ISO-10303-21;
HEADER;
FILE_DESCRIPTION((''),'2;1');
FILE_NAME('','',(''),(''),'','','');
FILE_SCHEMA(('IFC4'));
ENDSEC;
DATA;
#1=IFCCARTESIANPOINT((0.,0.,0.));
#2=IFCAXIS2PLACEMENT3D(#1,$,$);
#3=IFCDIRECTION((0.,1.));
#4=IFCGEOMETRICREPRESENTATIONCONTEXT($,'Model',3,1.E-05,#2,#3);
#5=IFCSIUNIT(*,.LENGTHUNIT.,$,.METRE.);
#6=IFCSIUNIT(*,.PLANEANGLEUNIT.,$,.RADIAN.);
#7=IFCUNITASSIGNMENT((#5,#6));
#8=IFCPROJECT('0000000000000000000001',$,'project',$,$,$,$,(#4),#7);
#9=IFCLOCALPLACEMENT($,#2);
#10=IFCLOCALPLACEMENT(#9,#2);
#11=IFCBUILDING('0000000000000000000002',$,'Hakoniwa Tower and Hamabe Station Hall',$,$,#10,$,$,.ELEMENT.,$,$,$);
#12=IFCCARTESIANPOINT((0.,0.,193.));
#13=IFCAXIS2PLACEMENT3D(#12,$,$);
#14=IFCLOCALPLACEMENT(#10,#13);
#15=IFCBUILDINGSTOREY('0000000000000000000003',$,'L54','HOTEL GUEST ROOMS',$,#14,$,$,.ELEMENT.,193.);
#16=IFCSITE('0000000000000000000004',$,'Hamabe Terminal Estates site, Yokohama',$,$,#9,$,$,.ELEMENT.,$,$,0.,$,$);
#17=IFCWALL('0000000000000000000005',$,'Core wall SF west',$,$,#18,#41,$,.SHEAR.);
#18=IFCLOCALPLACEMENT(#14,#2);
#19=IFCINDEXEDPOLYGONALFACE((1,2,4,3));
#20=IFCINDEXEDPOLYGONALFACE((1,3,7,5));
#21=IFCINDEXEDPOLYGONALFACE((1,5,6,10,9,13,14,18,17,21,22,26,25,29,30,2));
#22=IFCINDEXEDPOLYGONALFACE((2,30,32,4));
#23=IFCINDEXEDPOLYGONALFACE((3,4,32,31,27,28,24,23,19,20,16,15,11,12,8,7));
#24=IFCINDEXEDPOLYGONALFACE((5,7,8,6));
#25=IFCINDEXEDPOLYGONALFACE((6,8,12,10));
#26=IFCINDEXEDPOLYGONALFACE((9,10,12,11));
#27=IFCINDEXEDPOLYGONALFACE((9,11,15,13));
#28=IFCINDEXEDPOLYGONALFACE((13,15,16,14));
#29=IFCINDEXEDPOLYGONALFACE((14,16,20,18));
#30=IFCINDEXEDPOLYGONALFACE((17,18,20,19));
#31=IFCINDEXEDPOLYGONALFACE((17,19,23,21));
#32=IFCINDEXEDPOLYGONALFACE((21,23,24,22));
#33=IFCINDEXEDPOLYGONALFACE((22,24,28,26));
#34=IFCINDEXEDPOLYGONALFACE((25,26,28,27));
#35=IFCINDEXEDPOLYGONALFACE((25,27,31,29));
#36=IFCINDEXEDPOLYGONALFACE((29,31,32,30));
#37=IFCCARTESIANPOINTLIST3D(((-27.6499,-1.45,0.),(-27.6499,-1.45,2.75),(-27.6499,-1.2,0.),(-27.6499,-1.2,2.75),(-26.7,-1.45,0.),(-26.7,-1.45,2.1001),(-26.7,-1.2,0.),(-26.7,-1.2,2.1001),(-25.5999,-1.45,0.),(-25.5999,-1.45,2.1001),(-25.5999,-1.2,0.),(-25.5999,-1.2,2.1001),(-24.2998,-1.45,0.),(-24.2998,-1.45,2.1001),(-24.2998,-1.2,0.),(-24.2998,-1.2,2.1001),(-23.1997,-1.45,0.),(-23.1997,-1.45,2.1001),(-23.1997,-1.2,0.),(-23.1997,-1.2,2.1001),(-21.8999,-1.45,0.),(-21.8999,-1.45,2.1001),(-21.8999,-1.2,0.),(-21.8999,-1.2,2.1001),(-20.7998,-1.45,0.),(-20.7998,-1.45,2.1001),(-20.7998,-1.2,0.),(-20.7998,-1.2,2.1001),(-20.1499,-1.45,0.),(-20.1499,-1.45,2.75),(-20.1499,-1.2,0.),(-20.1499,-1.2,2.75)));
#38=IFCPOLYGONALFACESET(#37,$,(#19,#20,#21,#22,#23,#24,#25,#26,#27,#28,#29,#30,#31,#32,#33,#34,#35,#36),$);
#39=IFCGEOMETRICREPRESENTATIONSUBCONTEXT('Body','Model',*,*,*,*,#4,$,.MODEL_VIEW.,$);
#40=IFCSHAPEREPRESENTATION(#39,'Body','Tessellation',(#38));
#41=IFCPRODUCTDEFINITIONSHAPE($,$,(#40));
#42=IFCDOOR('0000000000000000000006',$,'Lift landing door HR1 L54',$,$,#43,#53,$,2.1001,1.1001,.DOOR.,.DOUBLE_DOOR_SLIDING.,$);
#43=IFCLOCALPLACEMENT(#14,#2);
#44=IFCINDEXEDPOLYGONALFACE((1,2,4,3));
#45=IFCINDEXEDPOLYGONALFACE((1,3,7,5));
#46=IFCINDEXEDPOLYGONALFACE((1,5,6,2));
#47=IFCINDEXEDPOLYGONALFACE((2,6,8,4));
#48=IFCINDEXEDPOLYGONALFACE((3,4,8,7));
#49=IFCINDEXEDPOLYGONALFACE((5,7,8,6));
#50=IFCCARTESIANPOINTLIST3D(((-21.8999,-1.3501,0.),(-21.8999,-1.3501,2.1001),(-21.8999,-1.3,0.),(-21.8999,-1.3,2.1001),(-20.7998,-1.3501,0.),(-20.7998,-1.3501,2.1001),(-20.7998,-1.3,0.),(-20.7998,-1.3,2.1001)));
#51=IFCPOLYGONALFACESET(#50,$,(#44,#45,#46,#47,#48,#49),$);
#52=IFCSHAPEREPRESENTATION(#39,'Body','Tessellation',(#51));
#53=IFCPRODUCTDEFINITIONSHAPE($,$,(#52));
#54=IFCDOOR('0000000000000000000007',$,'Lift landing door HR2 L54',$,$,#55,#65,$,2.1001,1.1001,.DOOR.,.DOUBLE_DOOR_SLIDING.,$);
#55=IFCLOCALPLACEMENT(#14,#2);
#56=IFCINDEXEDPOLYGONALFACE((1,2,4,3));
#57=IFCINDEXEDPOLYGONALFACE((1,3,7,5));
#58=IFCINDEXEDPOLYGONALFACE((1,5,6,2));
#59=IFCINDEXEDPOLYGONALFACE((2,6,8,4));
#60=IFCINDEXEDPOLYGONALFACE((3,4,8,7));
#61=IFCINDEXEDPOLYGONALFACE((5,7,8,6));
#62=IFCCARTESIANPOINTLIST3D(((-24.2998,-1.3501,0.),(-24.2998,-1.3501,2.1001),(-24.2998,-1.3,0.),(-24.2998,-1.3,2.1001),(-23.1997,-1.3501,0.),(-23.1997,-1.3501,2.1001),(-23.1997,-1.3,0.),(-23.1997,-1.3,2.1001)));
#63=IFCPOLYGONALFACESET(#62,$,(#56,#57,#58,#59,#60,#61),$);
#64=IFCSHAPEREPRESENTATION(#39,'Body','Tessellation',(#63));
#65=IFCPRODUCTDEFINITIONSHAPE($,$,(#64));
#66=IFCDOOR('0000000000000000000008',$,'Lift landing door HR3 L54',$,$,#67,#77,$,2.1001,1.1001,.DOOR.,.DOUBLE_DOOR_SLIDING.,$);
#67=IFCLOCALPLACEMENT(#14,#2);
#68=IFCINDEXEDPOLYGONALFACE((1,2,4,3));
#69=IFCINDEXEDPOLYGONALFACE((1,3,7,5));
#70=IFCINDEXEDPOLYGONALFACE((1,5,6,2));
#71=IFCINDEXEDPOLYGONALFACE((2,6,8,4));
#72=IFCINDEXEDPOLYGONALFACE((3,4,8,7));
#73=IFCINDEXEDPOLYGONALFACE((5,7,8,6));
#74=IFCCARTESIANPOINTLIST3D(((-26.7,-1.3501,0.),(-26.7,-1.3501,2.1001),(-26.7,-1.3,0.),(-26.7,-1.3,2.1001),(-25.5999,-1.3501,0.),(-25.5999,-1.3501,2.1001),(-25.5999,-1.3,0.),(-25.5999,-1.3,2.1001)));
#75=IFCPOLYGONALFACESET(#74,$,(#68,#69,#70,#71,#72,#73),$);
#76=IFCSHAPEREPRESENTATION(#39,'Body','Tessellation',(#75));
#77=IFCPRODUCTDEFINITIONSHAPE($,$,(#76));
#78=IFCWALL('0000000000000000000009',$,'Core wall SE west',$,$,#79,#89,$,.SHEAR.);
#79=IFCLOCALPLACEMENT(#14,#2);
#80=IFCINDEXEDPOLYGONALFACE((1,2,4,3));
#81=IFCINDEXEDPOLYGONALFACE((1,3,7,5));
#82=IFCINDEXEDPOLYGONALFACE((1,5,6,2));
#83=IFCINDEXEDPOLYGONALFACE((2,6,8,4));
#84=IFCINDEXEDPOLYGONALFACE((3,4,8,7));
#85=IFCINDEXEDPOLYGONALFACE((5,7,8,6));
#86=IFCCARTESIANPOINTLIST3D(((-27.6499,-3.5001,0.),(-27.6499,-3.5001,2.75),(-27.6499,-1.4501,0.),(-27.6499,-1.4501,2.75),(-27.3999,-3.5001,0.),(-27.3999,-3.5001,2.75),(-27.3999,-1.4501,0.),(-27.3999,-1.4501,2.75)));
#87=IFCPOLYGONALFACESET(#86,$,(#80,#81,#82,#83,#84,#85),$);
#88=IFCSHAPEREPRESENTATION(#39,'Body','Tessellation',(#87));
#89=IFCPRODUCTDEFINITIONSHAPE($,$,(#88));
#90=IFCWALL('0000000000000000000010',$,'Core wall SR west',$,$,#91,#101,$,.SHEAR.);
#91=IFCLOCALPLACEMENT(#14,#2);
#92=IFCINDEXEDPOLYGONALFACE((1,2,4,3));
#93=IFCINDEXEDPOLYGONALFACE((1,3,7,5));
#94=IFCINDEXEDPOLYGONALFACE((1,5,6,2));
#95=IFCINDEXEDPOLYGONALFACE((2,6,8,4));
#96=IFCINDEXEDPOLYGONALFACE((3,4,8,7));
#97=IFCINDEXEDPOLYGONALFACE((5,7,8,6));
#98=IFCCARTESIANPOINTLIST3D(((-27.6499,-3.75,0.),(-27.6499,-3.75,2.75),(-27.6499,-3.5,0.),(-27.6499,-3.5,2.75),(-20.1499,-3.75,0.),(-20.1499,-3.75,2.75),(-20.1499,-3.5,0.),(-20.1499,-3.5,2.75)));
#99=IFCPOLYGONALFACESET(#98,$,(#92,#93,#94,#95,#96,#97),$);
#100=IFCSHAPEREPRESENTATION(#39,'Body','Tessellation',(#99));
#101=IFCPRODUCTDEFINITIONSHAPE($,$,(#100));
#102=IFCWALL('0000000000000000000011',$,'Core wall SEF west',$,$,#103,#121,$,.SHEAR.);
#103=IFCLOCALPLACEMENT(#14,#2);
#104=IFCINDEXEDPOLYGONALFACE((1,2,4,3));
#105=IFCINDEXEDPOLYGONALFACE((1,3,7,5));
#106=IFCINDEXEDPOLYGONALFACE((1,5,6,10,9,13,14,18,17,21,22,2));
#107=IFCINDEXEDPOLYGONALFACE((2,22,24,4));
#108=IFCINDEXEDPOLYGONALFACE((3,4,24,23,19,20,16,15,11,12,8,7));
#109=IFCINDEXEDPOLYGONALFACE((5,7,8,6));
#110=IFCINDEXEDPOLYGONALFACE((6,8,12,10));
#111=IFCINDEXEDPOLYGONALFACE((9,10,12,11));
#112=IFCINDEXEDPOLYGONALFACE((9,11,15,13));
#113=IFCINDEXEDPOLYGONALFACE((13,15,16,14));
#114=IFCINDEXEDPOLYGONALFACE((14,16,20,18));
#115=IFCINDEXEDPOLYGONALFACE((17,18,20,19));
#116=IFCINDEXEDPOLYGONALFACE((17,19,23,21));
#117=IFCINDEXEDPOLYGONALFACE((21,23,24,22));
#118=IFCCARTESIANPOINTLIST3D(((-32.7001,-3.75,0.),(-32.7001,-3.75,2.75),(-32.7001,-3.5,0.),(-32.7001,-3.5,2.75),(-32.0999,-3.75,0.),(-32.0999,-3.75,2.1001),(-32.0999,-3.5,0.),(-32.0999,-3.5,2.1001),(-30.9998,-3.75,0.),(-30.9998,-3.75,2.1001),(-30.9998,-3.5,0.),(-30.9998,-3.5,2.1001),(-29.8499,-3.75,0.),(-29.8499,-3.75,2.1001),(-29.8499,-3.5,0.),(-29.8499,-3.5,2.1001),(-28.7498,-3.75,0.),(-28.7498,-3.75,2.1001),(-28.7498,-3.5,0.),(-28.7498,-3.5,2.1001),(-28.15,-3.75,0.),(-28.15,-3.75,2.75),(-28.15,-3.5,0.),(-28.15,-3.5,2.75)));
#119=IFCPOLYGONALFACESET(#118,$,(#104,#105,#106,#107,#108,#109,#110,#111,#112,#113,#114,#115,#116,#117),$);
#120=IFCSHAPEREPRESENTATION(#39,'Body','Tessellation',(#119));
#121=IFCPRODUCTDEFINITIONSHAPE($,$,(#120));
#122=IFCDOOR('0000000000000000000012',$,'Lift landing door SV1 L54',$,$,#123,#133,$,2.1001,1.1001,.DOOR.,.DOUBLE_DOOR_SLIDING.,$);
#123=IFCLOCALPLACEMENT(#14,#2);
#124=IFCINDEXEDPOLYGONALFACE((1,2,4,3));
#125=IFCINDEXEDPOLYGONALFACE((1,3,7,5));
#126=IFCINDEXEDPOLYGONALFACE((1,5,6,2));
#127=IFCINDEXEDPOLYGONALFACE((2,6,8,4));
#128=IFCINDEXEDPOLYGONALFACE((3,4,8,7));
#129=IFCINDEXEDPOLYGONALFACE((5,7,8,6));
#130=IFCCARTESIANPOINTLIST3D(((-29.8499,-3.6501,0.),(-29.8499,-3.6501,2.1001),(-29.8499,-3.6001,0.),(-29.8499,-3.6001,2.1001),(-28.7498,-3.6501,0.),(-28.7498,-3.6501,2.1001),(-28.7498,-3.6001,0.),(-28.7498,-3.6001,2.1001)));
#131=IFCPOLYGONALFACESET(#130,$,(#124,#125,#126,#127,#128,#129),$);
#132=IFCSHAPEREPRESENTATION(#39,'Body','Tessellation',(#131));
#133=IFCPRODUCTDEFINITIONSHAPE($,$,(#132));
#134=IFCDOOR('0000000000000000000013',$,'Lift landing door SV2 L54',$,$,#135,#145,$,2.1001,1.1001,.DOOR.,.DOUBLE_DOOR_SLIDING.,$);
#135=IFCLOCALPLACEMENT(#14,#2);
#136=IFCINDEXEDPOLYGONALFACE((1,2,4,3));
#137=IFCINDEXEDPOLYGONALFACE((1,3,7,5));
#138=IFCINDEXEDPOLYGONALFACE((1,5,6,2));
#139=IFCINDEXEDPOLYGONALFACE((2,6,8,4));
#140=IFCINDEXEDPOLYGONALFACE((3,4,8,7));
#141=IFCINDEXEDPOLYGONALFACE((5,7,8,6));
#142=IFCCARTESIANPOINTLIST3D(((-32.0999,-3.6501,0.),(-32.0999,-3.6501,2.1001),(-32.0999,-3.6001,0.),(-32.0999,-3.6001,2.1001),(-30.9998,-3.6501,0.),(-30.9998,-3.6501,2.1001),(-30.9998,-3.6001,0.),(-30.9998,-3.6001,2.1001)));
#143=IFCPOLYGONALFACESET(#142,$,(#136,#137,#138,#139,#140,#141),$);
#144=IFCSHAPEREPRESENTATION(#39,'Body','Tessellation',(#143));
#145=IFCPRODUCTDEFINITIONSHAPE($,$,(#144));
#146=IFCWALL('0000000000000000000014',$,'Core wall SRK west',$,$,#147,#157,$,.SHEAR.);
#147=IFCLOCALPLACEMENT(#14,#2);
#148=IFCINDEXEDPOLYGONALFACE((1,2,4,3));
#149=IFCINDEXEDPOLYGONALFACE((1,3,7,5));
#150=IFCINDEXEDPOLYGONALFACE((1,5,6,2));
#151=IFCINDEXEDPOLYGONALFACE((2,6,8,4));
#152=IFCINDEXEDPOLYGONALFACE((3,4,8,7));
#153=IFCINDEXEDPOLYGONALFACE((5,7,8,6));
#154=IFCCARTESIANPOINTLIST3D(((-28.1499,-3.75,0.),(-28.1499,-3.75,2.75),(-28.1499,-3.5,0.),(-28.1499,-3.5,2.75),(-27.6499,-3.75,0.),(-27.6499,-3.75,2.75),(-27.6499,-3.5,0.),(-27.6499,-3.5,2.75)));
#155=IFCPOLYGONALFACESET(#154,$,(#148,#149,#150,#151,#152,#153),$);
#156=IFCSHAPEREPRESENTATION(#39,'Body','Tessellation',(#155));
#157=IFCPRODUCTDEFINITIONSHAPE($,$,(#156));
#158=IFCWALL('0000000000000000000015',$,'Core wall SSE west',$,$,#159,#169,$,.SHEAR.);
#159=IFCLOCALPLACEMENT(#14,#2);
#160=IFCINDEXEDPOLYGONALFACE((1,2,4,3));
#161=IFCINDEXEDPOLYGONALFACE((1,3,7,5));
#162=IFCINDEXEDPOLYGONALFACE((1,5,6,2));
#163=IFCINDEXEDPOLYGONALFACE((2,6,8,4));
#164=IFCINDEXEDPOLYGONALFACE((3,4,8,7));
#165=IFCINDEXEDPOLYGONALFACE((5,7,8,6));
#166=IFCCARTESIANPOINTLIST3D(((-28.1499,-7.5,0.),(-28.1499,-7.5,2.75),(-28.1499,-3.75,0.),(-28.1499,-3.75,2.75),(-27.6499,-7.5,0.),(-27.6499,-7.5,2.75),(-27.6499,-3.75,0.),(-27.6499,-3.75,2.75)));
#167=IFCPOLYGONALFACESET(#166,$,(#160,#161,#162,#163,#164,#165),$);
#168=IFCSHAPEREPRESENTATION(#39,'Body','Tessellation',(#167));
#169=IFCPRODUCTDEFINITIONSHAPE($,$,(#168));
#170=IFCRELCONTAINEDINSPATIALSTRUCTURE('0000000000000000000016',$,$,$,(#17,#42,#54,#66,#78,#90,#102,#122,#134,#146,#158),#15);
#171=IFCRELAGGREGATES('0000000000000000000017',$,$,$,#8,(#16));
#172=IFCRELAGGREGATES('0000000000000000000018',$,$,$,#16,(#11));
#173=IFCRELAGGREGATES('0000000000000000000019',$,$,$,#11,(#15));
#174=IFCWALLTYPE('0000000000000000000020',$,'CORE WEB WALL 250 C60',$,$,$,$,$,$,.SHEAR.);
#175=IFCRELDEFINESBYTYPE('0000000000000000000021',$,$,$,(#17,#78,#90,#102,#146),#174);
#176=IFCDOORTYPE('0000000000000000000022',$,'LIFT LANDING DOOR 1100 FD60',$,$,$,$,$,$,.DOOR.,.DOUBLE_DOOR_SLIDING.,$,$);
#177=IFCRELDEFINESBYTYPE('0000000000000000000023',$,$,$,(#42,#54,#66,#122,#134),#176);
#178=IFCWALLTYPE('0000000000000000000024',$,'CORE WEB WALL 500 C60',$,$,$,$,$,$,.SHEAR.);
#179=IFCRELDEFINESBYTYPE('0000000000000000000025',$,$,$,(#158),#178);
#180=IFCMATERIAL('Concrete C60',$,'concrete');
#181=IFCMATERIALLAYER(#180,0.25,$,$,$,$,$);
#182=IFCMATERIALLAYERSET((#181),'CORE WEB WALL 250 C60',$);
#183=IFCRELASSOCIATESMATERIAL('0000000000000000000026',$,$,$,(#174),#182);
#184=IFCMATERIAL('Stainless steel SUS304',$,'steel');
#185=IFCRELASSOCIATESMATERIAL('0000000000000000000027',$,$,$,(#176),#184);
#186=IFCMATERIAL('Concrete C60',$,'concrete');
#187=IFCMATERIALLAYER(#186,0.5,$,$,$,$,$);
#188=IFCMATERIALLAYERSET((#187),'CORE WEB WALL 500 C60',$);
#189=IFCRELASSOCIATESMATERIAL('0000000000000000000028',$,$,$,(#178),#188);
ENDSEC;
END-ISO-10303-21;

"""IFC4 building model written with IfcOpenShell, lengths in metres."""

from ifc_helpers import new_model, si_unit, direction, frame, frame_2d, origin, place, context, subcontext, project, spatial, rectangle, extrude, material, layer, layer_set, type_object, element, fill, save


model = new_model("IFC4")

# Units and contexts
model_context = context("Model", 3, precision=1e-05, world=origin(), true_north=direction((0.0, 1.0)))
body_context = subcontext(model_context, "Body", "Model", "MODEL_VIEW")
ifc_project = project(units=[si_unit("LENGTHUNIT", "METRE"), si_unit("PLANEANGLEUNIT", "RADIAN")], contexts=[model_context])

# Site, building, storey
site_placement = place(None, origin())
site = spatial("IfcSite", under=ifc_project, at=site_placement, Name="Hamabe Terminal Estates site, Yokohama", CompositionType="ELEMENT", RefElevation=0.0)
building_placement = place(site_placement, origin())
building = spatial("IfcBuilding", under=site, at=building_placement, Name="Hakoniwa Tower and Hamabe Station Hall", CompositionType="ELEMENT")
storey_placement = place(building_placement, frame((0.0, 0.0, 193.0)))
storey = spatial("IfcBuildingStorey", under=building, at=storey_placement, Name="L54", Description="HOTEL GUEST ROOMS", CompositionType="ELEMENT", Elevation=193.0)

# Shared definitions
ifc_material_1 = material(Name="Concrete C60", Category="concrete")
ifc_layer_1 = layer(ifc_material_1, 0.25)
ifc_layer_set_1 = layer_set([ifc_layer_1], Name="CORE WEB WALL 250 C60")
wall_type_1 = type_object("IfcWallType", Name="CORE WEB WALL 250 C60", PredefinedType="SHEAR", material=ifc_layer_set_1)

# Shared definitions
ifc_material_2 = material(Name="Stainless steel SUS304", Category="steel")
door_type_1 = type_object("IfcDoorType", Name="LIFT LANDING DOOR 1100 FD60", OperationType="DOUBLE_DOOR_SLIDING", PredefinedType="DOOR", material=ifc_material_2)

# Wall, openings, doors
wall_1_placement = place(storey_placement, frame((-27.6499, -1.325, 0.0), z_axis=(0.0, 0.0, 1.0), x_axis=(1.0, 0.0, 0.0)))
wall_1 = element("IfcWall", 1, at=wall_1_placement, inside=storey, type_object=wall_type_1, Name="Core wall SF west", PredefinedType="SHEAR", context=body_context, shape_type="SweptSolid", body=[
    extrude(rectangle(XDim=7.5, YDim=0.25, at=frame_2d((3.75, 0.0))), origin(), (0.0, 0.0, 1.0), 2.75),
])
opening_1_placement = place(wall_1_placement, frame((5.75, 0.0, 0.0)))
opening_1 = element("IfcOpeningElement", 2, at=opening_1_placement, cuts=wall_1, PredefinedType="OPENING", context=body_context, shape_type="SweptSolid", body=[
    extrude(rectangle(XDim=1.1001, YDim=2.1001, at=frame_2d((0.55, 1.05))), frame((0.0, 0.135, 0.0), z_axis=(0.0, -1.0, 0.0), x_axis=(1.0, 0.0, 0.0)), (0.0, 0.0, 1.0), 0.27),
])
opening_2_placement = place(wall_1_placement, frame((3.3501, 0.0, 0.0)))
opening_2 = element("IfcOpeningElement", 3, at=opening_2_placement, cuts=wall_1, PredefinedType="OPENING", context=body_context, shape_type="SweptSolid", body=[
    extrude(rectangle(XDim=1.1001, YDim=2.1001, at=frame_2d((0.55, 1.05))), frame((0.0, 0.135, 0.0), z_axis=(0.0, -1.0, 0.0), x_axis=(1.0, 0.0, 0.0)), (0.0, 0.0, 1.0), 0.27),
])
opening_3_placement = place(wall_1_placement, frame((0.95, 0.0, 0.0)))
opening_3 = element("IfcOpeningElement", 4, at=opening_3_placement, cuts=wall_1, PredefinedType="OPENING", context=body_context, shape_type="SweptSolid", body=[
    extrude(rectangle(XDim=1.1001, YDim=2.1001, at=frame_2d((0.55, 1.05))), frame((0.0, 0.135, 0.0), z_axis=(0.0, -1.0, 0.0), x_axis=(1.0, 0.0, 0.0)), (0.0, 0.0, 1.0), 0.27),
])
door_1_placement = place(opening_1_placement, origin())
door_1 = element("IfcDoor", 5, at=door_1_placement, inside=storey, type_object=door_type_1, Name="Lift landing door HR1 L54", OperationType="DOUBLE_DOOR_SLIDING", OverallHeight=2.1001, OverallWidth=1.1001, PredefinedType="DOOR", context=body_context, shape_type="SweptSolid", body=[
    extrude(rectangle(XDim=1.1001, YDim=2.1001, at=frame_2d((0.55, 1.05))), frame((0.0, 0.0249, 0.0), z_axis=(0.0, -1.0, 0.0), x_axis=(1.0, 0.0, 0.0)), (0.0, 0.0, 1.0), 0.05),
])
fill(opening_1, door_1)
door_2_placement = place(opening_2_placement, origin())
door_2 = element("IfcDoor", 6, at=door_2_placement, inside=storey, type_object=door_type_1, Name="Lift landing door HR2 L54", OperationType="DOUBLE_DOOR_SLIDING", OverallHeight=2.1001, OverallWidth=1.1001, PredefinedType="DOOR", context=body_context, shape_type="SweptSolid", body=[
    extrude(rectangle(XDim=1.1001, YDim=2.1001, at=frame_2d((0.55, 1.05))), frame((0.0, 0.0249, 0.0), z_axis=(0.0, -1.0, 0.0), x_axis=(1.0, 0.0, 0.0)), (0.0, 0.0, 1.0), 0.05),
])
fill(opening_2, door_2)
door_3_placement = place(opening_3_placement, origin())
door_3 = element("IfcDoor", 7, at=door_3_placement, inside=storey, type_object=door_type_1, Name="Lift landing door HR3 L54", OperationType="DOUBLE_DOOR_SLIDING", OverallHeight=2.1001, OverallWidth=1.1001, PredefinedType="DOOR", context=body_context, shape_type="SweptSolid", body=[
    extrude(rectangle(XDim=1.1001, YDim=2.1001, at=frame_2d((0.55, 1.05))), frame((0.0, 0.0249, 0.0), z_axis=(0.0, -1.0, 0.0), x_axis=(1.0, 0.0, 0.0)), (0.0, 0.0, 1.0), 0.05),
])
fill(opening_3, door_3)

# Walls
wall_2_placement = place(storey_placement, frame((-27.5249, -3.5, 0.0), z_axis=(0.0, 0.0, 1.0), x_axis=(0.0, 1.0, 0.0)))
element("IfcWall", 8, at=wall_2_placement, inside=storey, type_object=wall_type_1, Name="Core wall SE west", PredefinedType="SHEAR", context=body_context, shape_type="SweptSolid", body=[
    extrude(rectangle(XDim=2.05, YDim=0.25, at=frame_2d((1.0249, 0.0))), origin(), (0.0, 0.0, 1.0), 2.75),
])
wall_3_placement = place(storey_placement, frame((-27.6499, -3.625, 0.0), z_axis=(0.0, 0.0, 1.0), x_axis=(1.0, 0.0, 0.0)))
element("IfcWall", 9, at=wall_3_placement, inside=storey, type_object=wall_type_1, Name="Core wall SR west", PredefinedType="SHEAR", context=body_context, shape_type="SweptSolid", body=[
    extrude(rectangle(XDim=7.5, YDim=0.25, at=frame_2d((3.75, 0.0))), origin(), (0.0, 0.0, 1.0), 2.75),
])

# Wall, openings, doors
wall_4_placement = place(storey_placement, frame((-32.7, -3.625, 0.0), z_axis=(0.0, 0.0, 1.0), x_axis=(1.0, 0.0, 0.0)))
wall_4 = element("IfcWall", 10, at=wall_4_placement, inside=storey, type_object=wall_type_1, Name="Core wall SEF west", PredefinedType="SHEAR", context=body_context, shape_type="SweptSolid", body=[
    extrude(rectangle(XDim=4.55, YDim=0.25, at=frame_2d((2.2749, 0.0))), origin(), (0.0, 0.0, 1.0), 2.75),
])
opening_4_placement = place(wall_4_placement, frame((2.8501, 0.0, 0.0)))
opening_4 = element("IfcOpeningElement", 11, at=opening_4_placement, cuts=wall_4, PredefinedType="OPENING", context=body_context, shape_type="SweptSolid", body=[
    extrude(rectangle(XDim=1.1001, YDim=2.1001, at=frame_2d((0.55, 1.05))), frame((0.0, 0.135, 0.0), z_axis=(0.0, -1.0, 0.0), x_axis=(1.0, 0.0, 0.0)), (0.0, 0.0, 1.0), 0.27),
])
opening_5_placement = place(wall_4_placement, frame((0.6001, 0.0, 0.0)))
opening_5 = element("IfcOpeningElement", 12, at=opening_5_placement, cuts=wall_4, PredefinedType="OPENING", context=body_context, shape_type="SweptSolid", body=[
    extrude(rectangle(XDim=1.1001, YDim=2.1001, at=frame_2d((0.55, 1.05))), frame((0.0, 0.135, 0.0), z_axis=(0.0, -1.0, 0.0), x_axis=(1.0, 0.0, 0.0)), (0.0, 0.0, 1.0), 0.27),
])
door_4_placement = place(opening_4_placement, origin())
door_4 = element("IfcDoor", 13, at=door_4_placement, inside=storey, type_object=door_type_1, Name="Lift landing door SV1 L54", OperationType="DOUBLE_DOOR_SLIDING", OverallHeight=2.1001, OverallWidth=1.1001, PredefinedType="DOOR", context=body_context, shape_type="SweptSolid", body=[
    extrude(rectangle(XDim=1.1001, YDim=2.1001, at=frame_2d((0.55, 1.05))), frame((0.0, 0.0249, 0.0), z_axis=(0.0, -1.0, 0.0), x_axis=(1.0, 0.0, 0.0)), (0.0, 0.0, 1.0), 0.05),
])
fill(opening_4, door_4)
door_5_placement = place(opening_5_placement, origin())
door_5 = element("IfcDoor", 14, at=door_5_placement, inside=storey, type_object=door_type_1, Name="Lift landing door SV2 L54", OperationType="DOUBLE_DOOR_SLIDING", OverallHeight=2.1001, OverallWidth=1.1001, PredefinedType="DOOR", context=body_context, shape_type="SweptSolid", body=[
    extrude(rectangle(XDim=1.1001, YDim=2.1001, at=frame_2d((0.55, 1.05))), frame((0.0, 0.0249, 0.0), z_axis=(0.0, -1.0, 0.0), x_axis=(1.0, 0.0, 0.0)), (0.0, 0.0, 1.0), 0.05),
])
fill(opening_5, door_5)

# Walls
wall_5_placement = place(storey_placement, frame((-28.1499, -3.625, 0.0), z_axis=(0.0, 0.0, 1.0), x_axis=(1.0, 0.0, 0.0)))
element("IfcWall", 15, at=wall_5_placement, inside=storey, type_object=wall_type_1, Name="Core wall SRK west", PredefinedType="SHEAR", context=body_context, shape_type="SweptSolid", body=[
    extrude(rectangle(XDim=0.5, YDim=0.25, at=frame_2d((0.25, 0.0))), origin(), (0.0, 0.0, 1.0), 2.75),
])
ifc_material_3 = material(Name="Concrete C60", Category="concrete")
ifc_layer_2 = layer(ifc_material_3, 0.5)
ifc_layer_set_2 = layer_set([ifc_layer_2], Name="CORE WEB WALL 500 C60")
wall_type_2 = type_object("IfcWallType", Name="CORE WEB WALL 500 C60", PredefinedType="SHEAR", material=ifc_layer_set_2)
wall_6_placement = place(storey_placement, frame((-27.8999, -7.5, 0.0), z_axis=(0.0, 0.0, 1.0), x_axis=(0.0, 1.0, 0.0)))
element("IfcWall", 16, at=wall_6_placement, inside=storey, type_object=wall_type_2, Name="Core wall SSE west", PredefinedType="SHEAR", context=body_context, shape_type="SweptSolid", body=[
    extrude(rectangle(XDim=3.75, YDim=0.5, at=frame_2d((1.875, 0.0))), origin(), (0.0, 0.0, 1.0), 2.75),
])

save(model, "model.ifc")
